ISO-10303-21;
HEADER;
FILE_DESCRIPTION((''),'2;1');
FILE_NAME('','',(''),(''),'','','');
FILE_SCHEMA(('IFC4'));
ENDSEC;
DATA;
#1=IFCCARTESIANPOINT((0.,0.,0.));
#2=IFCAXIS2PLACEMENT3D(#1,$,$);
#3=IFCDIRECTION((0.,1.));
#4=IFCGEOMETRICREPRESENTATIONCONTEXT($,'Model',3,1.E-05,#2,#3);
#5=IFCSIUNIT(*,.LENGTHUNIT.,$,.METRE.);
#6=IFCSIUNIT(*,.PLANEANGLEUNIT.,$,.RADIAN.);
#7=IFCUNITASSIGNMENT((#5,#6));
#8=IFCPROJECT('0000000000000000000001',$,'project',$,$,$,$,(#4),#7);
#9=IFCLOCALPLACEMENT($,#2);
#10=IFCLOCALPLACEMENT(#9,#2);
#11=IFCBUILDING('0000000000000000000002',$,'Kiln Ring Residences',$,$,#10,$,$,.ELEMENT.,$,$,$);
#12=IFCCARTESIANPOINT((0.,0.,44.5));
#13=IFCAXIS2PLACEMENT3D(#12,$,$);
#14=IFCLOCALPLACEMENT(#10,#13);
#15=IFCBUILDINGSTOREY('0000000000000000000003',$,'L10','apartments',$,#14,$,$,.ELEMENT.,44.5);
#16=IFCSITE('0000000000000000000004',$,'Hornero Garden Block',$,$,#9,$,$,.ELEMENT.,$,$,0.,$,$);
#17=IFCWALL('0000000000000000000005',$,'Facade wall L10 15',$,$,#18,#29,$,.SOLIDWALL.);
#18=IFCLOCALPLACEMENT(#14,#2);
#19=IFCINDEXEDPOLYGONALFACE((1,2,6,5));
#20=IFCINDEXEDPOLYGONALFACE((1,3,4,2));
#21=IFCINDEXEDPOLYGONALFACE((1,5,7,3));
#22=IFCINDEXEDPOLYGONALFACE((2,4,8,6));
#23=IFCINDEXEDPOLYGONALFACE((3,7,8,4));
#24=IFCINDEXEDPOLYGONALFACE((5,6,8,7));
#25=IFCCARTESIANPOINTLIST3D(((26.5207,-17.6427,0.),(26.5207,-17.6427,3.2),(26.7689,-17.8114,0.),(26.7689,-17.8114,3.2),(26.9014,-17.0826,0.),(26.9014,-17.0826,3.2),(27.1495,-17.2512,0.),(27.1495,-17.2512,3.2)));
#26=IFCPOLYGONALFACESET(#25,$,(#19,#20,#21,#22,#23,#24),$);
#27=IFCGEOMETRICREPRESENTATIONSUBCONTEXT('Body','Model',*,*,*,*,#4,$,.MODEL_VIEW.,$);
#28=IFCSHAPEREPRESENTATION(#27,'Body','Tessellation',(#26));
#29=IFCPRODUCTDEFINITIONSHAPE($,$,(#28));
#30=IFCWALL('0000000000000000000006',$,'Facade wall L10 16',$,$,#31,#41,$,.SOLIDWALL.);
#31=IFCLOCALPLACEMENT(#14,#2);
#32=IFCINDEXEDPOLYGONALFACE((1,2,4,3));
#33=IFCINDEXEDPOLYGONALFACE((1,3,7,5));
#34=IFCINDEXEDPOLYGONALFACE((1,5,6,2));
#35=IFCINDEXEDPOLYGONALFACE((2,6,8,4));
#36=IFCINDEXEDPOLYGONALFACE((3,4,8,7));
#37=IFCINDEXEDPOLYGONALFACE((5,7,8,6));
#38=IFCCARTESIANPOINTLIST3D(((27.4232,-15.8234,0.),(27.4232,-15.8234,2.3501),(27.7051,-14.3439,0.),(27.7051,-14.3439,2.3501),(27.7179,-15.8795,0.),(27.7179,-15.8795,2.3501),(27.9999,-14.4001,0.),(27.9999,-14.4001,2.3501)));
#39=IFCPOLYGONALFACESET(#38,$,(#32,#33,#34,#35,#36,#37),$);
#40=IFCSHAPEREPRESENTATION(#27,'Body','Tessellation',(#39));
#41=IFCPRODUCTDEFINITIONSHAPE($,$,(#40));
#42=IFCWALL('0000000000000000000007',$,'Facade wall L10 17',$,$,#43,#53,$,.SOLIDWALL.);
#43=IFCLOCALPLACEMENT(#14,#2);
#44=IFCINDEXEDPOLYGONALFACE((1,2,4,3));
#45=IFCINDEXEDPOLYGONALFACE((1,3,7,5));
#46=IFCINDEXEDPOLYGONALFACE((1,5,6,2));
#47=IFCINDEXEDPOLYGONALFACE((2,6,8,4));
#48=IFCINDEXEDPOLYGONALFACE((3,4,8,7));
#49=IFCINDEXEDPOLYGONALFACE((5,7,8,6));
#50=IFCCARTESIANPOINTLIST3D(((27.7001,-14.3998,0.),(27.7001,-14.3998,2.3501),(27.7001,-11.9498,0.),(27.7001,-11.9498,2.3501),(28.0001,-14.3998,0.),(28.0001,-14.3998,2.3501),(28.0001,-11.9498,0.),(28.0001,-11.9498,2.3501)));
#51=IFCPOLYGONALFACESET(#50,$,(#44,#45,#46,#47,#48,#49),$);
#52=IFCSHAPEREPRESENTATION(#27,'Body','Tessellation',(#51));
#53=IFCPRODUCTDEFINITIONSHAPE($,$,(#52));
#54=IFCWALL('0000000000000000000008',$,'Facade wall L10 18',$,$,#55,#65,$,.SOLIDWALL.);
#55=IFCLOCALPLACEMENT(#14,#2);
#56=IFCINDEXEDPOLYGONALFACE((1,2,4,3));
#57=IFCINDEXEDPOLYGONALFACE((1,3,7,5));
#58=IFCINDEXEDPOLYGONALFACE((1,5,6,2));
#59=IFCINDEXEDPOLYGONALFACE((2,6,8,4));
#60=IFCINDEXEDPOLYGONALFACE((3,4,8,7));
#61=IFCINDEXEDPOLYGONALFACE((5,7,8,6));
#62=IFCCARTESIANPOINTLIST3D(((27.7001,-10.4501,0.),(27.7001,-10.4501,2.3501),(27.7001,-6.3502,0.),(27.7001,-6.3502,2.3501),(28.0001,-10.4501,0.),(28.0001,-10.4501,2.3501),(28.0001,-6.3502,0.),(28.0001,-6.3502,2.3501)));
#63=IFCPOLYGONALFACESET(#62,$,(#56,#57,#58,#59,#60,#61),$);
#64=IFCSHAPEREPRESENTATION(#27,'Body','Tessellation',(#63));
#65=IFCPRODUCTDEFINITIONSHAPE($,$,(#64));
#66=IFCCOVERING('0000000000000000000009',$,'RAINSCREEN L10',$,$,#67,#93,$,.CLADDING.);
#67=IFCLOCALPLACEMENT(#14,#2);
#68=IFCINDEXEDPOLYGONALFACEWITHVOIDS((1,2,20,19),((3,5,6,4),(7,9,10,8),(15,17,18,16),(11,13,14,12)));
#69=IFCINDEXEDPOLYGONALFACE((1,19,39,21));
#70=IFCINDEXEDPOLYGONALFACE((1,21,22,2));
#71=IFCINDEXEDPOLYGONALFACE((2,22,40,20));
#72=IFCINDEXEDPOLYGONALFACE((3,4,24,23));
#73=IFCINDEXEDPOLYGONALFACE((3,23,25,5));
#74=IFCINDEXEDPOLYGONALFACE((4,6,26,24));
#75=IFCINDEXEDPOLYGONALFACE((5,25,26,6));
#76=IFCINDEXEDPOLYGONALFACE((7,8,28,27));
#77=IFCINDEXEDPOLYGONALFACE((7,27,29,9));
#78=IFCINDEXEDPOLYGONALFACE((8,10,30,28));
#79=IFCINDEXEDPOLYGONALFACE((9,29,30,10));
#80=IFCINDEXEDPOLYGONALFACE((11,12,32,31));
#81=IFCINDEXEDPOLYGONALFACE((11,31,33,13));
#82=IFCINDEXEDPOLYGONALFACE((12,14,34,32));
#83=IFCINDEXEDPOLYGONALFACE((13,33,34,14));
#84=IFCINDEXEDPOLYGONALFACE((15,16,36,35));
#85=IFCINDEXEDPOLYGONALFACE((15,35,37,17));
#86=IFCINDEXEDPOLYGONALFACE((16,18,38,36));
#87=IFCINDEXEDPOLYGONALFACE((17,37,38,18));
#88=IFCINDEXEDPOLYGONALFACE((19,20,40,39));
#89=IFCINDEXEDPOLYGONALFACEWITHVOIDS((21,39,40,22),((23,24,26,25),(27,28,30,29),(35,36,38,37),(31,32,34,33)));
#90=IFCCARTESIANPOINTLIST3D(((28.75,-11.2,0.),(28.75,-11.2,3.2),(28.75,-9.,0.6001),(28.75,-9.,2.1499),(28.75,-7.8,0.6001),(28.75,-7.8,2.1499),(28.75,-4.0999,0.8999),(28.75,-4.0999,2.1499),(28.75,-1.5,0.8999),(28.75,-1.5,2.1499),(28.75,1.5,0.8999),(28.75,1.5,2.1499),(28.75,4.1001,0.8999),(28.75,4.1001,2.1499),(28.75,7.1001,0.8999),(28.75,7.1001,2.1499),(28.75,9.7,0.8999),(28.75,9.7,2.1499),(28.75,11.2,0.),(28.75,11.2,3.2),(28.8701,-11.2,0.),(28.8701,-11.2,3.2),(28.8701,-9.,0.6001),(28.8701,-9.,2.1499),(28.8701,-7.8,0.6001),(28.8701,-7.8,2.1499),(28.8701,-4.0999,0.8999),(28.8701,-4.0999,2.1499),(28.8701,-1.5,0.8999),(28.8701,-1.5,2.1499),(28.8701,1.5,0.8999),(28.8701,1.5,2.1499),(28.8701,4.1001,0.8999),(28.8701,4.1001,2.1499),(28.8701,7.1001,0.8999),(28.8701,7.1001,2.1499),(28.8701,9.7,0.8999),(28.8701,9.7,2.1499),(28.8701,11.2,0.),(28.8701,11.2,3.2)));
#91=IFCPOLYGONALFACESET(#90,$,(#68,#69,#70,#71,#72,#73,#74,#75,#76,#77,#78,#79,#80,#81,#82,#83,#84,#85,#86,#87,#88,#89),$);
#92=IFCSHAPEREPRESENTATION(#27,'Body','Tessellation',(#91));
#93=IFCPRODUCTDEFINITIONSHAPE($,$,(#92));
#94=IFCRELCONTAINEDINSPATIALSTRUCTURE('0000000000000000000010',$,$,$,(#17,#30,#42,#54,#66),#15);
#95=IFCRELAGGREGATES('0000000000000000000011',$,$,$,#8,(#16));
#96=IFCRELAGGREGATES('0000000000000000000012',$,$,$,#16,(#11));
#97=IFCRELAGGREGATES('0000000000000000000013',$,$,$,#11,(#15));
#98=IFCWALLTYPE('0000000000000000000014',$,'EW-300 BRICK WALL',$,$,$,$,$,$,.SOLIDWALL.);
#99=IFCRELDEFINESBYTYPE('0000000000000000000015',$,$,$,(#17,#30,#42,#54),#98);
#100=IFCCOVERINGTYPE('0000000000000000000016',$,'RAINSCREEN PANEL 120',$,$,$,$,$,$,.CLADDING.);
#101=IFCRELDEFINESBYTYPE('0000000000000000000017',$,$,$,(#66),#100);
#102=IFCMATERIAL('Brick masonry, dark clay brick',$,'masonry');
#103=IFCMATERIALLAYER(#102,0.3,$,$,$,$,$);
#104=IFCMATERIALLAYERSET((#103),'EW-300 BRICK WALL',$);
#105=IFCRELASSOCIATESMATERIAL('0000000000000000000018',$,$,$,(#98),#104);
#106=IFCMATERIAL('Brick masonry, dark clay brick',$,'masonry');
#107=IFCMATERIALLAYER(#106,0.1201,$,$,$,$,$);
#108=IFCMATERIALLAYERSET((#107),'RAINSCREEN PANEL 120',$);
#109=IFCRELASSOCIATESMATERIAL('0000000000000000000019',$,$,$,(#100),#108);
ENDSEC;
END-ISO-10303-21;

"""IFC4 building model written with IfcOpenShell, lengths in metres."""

from ifc_helpers import new_model, si_unit, direction, frame, frame_2d, origin, place, context, subcontext, project, spatial, polyline, rectangle, outline, extrude, material, layer, layer_set, type_object, element, save


model = new_model("IFC4")

# Units and contexts
model_context = context("Model", 3, precision=1e-05, world=origin(), true_north=direction((0.0, 1.0)))
body_context = subcontext(model_context, "Body", "Model", "MODEL_VIEW")
ifc_project = project(units=[si_unit("LENGTHUNIT", "METRE"), si_unit("PLANEANGLEUNIT", "RADIAN")], contexts=[model_context])

# Site, building, storey
site_placement = place(None, origin())
site = spatial("IfcSite", under=ifc_project, at=site_placement, Name="Hornero Garden Block", CompositionType="ELEMENT", RefElevation=0.0)
building_placement = place(site_placement, origin())
building = spatial("IfcBuilding", under=site, at=building_placement, Name="Kiln Ring Residences", CompositionType="ELEMENT")
storey_placement = place(building_placement, frame((0.0, 0.0, 44.5)))
storey = spatial("IfcBuildingStorey", under=building, at=storey_placement, Name="L10", Description="apartments", CompositionType="ELEMENT", Elevation=44.5)

# Walls
ifc_material_1 = material(Name="Brick masonry, dark clay brick", Category="masonry")
ifc_layer_1 = layer(ifc_material_1, 0.3)
ifc_layer_set_1 = layer_set([ifc_layer_1], Name="EW-300 BRICK WALL")
wall_type_1 = type_object("IfcWallType", Name="EW-300 BRICK WALL", PredefinedType="SOLIDWALL", material=ifc_layer_set_1)
wall_1_placement = place(storey_placement, frame((26.6448, -17.7271, 0.0), z_axis=(0.0, 0.0, 1.0), x_axis=(0.562083, 0.827081, 0.0)))
element("IfcWall", 1, at=wall_1_placement, inside=storey, type_object=wall_type_1, Name="Facade wall L10 15", PredefinedType="SOLIDWALL", context=body_context, shape_type="SweptSolid", body=[
    extrude(rectangle(XDim=0.6772, YDim=0.3, at=frame_2d((0.3386, 0.0))), origin(), (0.0, 0.0, 1.0), 3.2),
])
wall_2_placement = place(storey_placement, frame((27.5706, -15.8513, 0.0), z_axis=(0.0, 0.0, 1.0), x_axis=(0.187224, 0.982317, 0.0)))
element("IfcWall", 2, at=wall_2_placement, inside=storey, type_object=wall_type_1, Name="Facade wall L10 16", PredefinedType="SOLIDWALL", context=body_context, shape_type="SweptSolid", body=[
    extrude(rectangle(XDim=1.5061, YDim=0.3, at=frame_2d((0.7529, 0.0))), origin(), (0.0, 0.0, 1.0), 2.3501),
])
wall_3_placement = place(storey_placement, frame((27.8501, -14.3999, 0.0), z_axis=(0.0, 0.0, 1.0), x_axis=(0.0, 1.0, 0.0)))
element("IfcWall", 3, at=wall_3_placement, inside=storey, type_object=wall_type_1, Name="Facade wall L10 17", PredefinedType="SOLIDWALL", context=body_context, shape_type="SweptSolid", body=[
    extrude(rectangle(XDim=2.45, YDim=0.3, at=frame_2d((1.2251, 0.0))), origin(), (0.0, 0.0, 1.0), 2.3501),
])
wall_4_placement = place(storey_placement, frame((27.8501, -10.45, 0.0), z_axis=(0.0, 0.0, 1.0), x_axis=(0.0, 1.0, 0.0)))
element("IfcWall", 4, at=wall_4_placement, inside=storey, type_object=wall_type_1, Name="Facade wall L10 18", PredefinedType="SOLIDWALL", context=body_context, shape_type="SweptSolid", body=[
    extrude(rectangle(XDim=4.0999, YDim=0.3, at=frame_2d((2.0498, 0.0))), origin(), (0.0, 0.0, 1.0), 2.3501),
])

# Covering
ifc_material_2 = material(Name="Brick masonry, dark clay brick", Category="masonry")
ifc_layer_2 = layer(ifc_material_2, 0.1201)
ifc_layer_set_2 = layer_set([ifc_layer_2], Name="RAINSCREEN PANEL 120")
covering_type = type_object("IfcCoveringType", Name="RAINSCREEN PANEL 120", PredefinedType="CLADDING", material=ifc_layer_set_2)
covering_placement = place(storey_placement, frame((28.8101, -11.2, 0.0), z_axis=(0.0, 0.0, 1.0), x_axis=(0.0, 1.0, 0.0)))
element("IfcCovering", 5, at=covering_placement, inside=storey, type_object=covering_type, Name="RAINSCREEN L10", PredefinedType="CLADDING", context=body_context, shape_type="SweptSolid", body=[
    extrude(outline(polyline([(0.0, 0.0), (22.3999, 0.0), (22.3999, 3.2), (0.0, 3.2), (0.0, 0.0)]), holes=[polyline([(3.3999, 0.6001), (3.3999, 2.1499), (2.2, 2.1499), (2.2, 0.6001), (3.3999, 0.6001)]), polyline([(9.7, 0.8999), (9.7, 2.1499), (7.1001, 2.1499), (7.1001, 0.8999), (9.7, 0.8999)]), polyline([(15.3, 0.8999), (15.3, 2.1499), (12.7, 2.1499), (12.7, 0.8999), (15.3, 0.8999)]), polyline([(20.8999, 0.8999), (20.8999, 2.1499), (18.3, 2.1499), (18.3, 0.8999), (20.8999, 0.8999)])]), frame((0.0, 0.0601, 0.0), z_axis=(0.0, -1.0, 0.0), x_axis=(1.0, 0.0, 0.0)), (0.0, 0.0, 1.0), 0.1201),
])

save(model, "model.ifc")
